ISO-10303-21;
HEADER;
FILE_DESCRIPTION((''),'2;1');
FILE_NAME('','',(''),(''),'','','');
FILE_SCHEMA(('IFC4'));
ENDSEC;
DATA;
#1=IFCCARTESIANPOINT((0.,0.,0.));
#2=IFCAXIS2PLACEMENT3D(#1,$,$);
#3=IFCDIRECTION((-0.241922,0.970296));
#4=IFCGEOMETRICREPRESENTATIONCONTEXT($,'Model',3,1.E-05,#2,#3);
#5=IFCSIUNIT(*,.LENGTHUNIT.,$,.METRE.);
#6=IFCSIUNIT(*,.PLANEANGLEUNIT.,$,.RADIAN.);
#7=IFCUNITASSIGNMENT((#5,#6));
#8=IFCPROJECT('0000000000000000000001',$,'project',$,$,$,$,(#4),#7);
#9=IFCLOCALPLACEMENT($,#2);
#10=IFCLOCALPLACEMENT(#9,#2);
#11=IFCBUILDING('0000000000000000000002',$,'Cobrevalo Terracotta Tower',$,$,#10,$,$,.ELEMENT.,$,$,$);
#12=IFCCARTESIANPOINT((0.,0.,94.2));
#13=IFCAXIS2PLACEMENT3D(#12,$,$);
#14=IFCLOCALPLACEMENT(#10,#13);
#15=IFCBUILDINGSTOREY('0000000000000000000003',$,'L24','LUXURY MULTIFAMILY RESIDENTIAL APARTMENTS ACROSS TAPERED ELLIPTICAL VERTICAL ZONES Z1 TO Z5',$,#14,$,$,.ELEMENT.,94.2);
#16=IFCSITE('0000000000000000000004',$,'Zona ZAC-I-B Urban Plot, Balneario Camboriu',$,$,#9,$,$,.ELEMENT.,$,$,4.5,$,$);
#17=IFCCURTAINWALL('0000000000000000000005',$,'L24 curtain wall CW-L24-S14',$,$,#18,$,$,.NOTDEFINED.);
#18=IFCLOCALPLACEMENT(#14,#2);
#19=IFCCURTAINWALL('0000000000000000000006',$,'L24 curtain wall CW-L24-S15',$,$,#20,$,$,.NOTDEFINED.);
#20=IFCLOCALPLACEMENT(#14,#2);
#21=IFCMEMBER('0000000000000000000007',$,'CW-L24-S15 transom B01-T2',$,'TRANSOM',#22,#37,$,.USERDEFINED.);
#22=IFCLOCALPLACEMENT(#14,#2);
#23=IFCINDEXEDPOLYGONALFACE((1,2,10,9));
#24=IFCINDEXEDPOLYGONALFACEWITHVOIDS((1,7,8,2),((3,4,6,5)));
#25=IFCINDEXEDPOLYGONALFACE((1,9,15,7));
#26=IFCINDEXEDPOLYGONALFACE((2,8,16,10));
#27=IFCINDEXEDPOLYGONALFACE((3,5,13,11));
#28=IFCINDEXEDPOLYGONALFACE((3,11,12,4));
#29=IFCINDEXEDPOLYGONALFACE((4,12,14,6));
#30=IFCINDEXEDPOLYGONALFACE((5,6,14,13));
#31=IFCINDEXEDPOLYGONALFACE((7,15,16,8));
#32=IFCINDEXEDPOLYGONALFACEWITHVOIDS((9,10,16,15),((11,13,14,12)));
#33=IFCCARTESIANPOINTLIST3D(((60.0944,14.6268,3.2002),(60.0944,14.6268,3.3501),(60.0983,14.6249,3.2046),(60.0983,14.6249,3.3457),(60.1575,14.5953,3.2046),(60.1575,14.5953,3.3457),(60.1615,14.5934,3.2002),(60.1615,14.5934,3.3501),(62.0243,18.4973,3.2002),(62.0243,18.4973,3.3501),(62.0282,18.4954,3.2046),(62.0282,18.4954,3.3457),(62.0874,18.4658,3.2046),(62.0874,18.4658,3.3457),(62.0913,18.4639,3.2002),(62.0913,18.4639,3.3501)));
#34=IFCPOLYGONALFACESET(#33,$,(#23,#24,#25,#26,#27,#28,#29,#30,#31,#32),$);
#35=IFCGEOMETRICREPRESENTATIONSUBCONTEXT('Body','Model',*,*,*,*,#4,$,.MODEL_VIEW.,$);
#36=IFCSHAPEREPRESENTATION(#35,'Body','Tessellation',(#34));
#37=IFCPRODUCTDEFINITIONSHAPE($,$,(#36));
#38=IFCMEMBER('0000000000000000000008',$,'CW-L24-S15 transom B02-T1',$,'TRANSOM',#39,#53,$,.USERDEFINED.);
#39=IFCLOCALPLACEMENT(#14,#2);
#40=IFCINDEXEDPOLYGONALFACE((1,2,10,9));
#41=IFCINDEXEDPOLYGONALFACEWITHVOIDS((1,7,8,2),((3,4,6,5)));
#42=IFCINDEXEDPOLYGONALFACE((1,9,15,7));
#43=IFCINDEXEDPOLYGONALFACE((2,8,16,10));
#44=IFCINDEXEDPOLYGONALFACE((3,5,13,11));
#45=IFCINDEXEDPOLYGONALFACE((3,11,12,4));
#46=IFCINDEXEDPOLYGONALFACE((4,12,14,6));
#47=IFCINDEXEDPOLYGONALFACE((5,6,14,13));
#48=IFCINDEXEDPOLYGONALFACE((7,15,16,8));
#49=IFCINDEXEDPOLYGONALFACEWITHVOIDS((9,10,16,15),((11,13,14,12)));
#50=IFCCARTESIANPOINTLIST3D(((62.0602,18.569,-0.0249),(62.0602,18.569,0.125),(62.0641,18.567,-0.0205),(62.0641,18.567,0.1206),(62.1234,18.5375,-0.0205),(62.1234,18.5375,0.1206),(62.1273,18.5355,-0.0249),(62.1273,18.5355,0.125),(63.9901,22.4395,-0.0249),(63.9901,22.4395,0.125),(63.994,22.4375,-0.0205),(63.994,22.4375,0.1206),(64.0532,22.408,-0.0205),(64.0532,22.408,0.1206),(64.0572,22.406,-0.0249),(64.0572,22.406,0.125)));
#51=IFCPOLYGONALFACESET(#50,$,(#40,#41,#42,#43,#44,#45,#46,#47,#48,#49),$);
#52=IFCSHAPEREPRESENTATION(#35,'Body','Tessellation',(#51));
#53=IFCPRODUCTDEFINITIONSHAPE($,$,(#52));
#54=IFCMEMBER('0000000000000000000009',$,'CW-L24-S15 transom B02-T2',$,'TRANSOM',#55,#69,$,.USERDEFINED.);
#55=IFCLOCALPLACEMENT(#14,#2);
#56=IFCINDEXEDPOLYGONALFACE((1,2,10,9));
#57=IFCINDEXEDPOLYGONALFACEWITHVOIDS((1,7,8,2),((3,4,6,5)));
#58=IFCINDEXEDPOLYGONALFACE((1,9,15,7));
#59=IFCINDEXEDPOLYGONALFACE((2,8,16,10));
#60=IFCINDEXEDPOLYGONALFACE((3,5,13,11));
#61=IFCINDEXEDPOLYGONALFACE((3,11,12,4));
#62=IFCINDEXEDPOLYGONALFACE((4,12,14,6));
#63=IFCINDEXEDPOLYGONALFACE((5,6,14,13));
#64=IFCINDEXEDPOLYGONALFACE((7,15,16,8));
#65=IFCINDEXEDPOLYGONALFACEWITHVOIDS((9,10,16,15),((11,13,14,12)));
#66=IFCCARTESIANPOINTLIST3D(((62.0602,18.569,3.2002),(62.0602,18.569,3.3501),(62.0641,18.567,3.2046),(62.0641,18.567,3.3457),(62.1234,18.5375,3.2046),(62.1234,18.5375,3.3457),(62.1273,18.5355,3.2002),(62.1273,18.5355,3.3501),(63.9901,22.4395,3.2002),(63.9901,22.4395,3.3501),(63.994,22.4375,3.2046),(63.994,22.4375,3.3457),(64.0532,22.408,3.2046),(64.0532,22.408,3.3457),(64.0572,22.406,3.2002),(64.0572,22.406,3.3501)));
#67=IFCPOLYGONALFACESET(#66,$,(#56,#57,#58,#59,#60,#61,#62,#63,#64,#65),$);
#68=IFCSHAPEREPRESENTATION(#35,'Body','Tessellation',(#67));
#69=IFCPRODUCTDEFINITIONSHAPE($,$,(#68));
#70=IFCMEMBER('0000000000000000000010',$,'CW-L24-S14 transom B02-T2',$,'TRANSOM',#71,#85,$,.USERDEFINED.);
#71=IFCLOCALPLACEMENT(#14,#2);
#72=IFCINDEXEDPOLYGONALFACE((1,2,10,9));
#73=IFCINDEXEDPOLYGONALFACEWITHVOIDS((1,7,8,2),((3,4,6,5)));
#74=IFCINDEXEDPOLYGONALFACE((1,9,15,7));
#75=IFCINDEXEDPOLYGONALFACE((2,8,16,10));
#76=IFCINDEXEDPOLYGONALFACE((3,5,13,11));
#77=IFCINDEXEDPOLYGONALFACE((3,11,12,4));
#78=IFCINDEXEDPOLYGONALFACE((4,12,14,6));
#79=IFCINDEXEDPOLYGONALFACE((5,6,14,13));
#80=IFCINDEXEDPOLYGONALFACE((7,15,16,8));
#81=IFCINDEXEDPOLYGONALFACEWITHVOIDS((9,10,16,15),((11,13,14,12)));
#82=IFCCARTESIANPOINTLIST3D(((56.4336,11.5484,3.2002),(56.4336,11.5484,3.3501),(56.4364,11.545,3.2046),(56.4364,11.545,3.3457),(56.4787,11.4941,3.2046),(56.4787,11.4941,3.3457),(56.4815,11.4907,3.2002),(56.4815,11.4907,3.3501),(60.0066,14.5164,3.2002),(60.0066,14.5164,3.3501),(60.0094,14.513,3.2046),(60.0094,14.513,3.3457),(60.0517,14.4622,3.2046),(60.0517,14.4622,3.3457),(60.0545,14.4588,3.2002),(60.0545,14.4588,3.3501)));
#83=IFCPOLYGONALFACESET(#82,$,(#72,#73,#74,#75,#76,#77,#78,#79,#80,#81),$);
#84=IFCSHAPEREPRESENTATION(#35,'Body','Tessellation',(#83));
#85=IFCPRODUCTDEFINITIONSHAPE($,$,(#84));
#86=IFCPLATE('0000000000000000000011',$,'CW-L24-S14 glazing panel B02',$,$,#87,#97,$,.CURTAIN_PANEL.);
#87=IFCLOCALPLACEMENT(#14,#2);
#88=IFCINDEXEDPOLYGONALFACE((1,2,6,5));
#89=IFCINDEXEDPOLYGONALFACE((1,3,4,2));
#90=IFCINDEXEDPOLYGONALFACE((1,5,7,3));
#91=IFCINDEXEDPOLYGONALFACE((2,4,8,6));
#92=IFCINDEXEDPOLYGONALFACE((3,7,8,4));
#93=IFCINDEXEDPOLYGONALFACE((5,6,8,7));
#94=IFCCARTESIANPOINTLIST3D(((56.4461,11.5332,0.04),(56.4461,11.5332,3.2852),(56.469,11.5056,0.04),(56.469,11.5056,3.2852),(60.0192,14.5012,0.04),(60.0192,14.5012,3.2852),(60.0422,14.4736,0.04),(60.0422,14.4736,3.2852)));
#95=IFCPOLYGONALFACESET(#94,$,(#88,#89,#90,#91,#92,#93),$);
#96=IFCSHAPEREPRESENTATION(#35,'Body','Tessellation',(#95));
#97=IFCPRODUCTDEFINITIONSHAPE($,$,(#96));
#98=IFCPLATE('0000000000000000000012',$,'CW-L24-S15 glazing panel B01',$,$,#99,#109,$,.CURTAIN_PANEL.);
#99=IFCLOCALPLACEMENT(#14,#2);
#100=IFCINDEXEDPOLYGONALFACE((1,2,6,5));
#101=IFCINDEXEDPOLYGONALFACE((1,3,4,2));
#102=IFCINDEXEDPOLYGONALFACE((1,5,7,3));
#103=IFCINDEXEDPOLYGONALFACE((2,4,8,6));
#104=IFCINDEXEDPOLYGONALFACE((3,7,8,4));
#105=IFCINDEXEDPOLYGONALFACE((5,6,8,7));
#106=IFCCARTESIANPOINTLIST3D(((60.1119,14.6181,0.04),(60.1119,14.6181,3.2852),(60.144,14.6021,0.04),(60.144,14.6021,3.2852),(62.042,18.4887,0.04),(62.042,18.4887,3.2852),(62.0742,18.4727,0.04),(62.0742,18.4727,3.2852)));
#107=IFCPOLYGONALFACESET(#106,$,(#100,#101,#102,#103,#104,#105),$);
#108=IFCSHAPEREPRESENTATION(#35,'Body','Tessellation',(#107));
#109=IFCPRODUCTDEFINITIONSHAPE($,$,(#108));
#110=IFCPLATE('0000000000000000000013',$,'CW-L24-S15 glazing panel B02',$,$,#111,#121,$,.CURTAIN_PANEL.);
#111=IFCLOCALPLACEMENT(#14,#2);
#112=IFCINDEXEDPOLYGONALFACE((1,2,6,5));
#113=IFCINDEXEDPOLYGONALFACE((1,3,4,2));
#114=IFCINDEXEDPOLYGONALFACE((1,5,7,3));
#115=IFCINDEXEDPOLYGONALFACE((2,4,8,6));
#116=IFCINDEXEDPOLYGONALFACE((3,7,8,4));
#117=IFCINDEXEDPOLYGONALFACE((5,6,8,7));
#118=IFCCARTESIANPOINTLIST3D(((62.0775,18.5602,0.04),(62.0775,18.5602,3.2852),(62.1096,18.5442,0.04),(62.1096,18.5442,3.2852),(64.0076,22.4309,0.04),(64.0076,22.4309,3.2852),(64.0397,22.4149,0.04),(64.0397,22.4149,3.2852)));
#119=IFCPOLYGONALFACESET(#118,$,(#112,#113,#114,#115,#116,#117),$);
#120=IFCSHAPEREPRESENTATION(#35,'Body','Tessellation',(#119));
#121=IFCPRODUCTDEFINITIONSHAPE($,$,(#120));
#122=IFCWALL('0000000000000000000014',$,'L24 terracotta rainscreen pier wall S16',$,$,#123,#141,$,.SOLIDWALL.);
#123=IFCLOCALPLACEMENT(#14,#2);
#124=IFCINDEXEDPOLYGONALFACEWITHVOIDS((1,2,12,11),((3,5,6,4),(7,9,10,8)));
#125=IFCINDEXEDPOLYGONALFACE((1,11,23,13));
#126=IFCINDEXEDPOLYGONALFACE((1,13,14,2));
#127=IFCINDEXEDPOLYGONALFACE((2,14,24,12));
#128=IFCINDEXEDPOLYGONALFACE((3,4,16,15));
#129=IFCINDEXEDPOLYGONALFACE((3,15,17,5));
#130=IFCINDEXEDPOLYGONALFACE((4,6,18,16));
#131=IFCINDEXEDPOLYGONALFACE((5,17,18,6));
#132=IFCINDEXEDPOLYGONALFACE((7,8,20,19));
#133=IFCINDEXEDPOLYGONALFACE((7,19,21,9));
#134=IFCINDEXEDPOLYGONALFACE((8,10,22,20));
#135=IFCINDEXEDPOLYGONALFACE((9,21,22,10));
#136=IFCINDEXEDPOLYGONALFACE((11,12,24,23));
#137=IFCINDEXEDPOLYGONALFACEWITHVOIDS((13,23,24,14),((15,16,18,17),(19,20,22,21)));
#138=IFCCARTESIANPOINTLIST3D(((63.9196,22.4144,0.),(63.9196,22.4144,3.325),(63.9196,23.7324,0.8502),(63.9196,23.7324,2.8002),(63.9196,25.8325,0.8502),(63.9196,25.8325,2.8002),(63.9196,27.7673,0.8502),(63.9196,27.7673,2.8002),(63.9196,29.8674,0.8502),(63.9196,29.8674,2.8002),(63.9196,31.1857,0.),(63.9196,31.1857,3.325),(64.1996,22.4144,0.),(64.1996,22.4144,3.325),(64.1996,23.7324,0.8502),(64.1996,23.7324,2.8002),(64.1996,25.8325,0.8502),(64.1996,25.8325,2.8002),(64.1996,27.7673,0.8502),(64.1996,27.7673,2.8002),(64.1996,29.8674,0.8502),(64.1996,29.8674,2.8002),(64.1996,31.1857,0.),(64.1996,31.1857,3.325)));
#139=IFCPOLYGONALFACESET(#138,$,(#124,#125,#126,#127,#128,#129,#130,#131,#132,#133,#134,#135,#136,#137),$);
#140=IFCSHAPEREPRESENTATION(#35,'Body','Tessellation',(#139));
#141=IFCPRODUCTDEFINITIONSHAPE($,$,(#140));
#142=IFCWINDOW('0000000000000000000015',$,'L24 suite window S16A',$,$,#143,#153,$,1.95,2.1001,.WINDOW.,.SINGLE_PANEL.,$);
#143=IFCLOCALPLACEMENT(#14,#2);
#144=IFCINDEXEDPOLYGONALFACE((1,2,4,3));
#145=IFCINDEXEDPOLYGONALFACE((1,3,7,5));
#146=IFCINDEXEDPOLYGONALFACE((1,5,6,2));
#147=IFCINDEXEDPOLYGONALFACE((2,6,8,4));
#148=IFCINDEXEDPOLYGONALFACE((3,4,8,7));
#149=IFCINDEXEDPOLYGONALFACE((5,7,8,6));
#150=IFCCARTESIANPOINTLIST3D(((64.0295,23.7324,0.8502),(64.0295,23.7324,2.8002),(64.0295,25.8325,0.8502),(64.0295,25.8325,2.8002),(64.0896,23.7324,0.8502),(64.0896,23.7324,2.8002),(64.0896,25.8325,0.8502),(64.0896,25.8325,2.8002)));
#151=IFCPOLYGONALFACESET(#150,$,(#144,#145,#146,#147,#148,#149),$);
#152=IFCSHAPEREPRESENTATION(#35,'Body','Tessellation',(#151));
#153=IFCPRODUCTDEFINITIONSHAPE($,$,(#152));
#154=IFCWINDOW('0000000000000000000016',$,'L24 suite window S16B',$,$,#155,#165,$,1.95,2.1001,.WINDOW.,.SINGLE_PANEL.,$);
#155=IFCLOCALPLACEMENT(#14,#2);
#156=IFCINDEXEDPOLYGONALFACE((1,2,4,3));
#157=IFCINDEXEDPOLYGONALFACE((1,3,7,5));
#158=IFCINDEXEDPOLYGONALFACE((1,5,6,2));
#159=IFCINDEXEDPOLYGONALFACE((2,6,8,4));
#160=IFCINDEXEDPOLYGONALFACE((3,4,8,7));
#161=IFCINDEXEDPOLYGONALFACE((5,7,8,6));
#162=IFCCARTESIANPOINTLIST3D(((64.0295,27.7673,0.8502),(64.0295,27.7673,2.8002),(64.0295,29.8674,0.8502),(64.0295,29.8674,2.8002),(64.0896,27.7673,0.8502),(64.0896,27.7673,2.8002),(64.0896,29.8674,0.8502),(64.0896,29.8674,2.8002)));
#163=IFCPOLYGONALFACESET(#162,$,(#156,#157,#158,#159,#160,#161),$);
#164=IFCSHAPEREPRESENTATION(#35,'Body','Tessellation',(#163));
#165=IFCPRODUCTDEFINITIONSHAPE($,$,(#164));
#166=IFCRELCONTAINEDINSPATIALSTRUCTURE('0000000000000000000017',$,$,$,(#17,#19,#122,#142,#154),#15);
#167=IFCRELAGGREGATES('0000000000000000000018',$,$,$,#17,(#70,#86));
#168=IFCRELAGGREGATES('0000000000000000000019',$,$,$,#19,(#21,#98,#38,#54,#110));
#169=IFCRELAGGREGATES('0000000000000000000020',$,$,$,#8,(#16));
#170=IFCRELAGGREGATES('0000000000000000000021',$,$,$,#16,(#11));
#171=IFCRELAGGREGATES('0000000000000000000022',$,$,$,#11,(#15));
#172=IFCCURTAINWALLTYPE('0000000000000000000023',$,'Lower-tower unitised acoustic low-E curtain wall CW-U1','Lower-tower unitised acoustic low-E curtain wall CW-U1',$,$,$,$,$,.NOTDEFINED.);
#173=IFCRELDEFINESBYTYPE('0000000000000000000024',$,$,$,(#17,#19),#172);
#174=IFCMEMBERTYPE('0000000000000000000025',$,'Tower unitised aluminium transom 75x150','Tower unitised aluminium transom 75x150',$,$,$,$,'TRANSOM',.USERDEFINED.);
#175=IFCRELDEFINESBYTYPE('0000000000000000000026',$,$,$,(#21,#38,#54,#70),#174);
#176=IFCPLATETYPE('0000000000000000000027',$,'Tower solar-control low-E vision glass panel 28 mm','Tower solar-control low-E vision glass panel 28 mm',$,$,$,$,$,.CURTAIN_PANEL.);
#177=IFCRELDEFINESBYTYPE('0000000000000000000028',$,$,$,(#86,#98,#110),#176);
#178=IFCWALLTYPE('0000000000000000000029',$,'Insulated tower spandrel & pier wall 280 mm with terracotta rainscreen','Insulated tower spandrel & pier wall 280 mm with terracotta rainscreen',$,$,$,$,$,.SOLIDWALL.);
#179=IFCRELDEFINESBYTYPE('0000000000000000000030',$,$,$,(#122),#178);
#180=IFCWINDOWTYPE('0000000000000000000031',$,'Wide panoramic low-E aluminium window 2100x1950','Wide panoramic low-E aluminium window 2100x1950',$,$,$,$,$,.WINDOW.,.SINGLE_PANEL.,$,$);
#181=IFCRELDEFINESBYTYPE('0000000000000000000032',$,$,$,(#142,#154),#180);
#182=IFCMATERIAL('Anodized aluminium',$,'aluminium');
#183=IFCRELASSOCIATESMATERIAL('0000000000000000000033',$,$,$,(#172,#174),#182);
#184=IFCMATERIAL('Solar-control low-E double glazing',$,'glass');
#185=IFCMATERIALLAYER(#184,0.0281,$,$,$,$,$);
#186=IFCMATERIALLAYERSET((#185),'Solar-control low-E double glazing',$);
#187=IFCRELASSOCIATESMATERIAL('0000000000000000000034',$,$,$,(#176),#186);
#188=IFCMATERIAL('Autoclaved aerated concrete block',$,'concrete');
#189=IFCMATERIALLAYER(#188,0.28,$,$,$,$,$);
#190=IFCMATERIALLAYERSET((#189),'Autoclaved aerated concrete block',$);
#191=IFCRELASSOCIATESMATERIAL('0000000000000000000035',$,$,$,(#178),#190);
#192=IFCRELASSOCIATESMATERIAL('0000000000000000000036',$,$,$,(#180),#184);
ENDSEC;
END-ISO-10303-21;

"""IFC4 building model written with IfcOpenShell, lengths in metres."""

from ifc_helpers import new_model, si_unit, direction, frame, frame_2d, origin, origin_2d, place, context, subcontext, project, spatial, rectangle, hollow_rectangle, extrude, source, transform, mapped, material, layer, layer_set, material_profile, profile_set, type_object, element, fill, aggregate, save


model = new_model("IFC4")

# Units and contexts
model_context = context("Model", 3, precision=1e-05, world=origin(), true_north=direction((-0.241922, 0.970296)))
body_context = subcontext(model_context, "Body", "Model", "MODEL_VIEW")
ifc_project = project(units=[si_unit("LENGTHUNIT", "METRE"), si_unit("PLANEANGLEUNIT", "RADIAN")], contexts=[model_context])

# Site, building, storey
site_placement = place(None, origin())
site = spatial("IfcSite", under=ifc_project, at=site_placement, Name="Zona ZAC-I-B Urban Plot, Balneario Camboriu", CompositionType="ELEMENT", RefElevation=4.5)
building_placement = place(site_placement, origin())
building = spatial("IfcBuilding", under=site, at=building_placement, Name="Cobrevalo Terracotta Tower", CompositionType="ELEMENT")
storey_placement = place(building_placement, frame((0.0, 0.0, 94.2)))
storey = spatial("IfcBuildingStorey", under=building, at=storey_placement, Name="L24", Description="LUXURY MULTIFAMILY RESIDENTIAL APARTMENTS ACROSS TAPERED ELLIPTICAL VERTICAL ZONES Z1 TO Z5", CompositionType="ELEMENT", Elevation=94.2)

# Curtain wall
ifc_material_1 = material(Name="Anodized aluminium", Category="aluminium")
curtain_wall_type = type_object("IfcCurtainWallType", Name="Lower-tower unitised acoustic low-E curtain wall CW-U1", Description="Lower-tower unitised acoustic low-E curtain wall CW-U1", PredefinedType="NOTDEFINED", material=ifc_material_1)
curtain_wall_1_placement = place(storey_placement, origin())
curtain_wall_1 = element("IfcCurtainWall", 1, at=curtain_wall_1_placement, inside=storey, type_object=curtain_wall_type, Name="L24 curtain wall CW-L24-S14", PredefinedType="NOTDEFINED")

# Curtain wall, members
curtain_wall_2_placement = place(storey_placement, origin())
curtain_wall_2 = element("IfcCurtainWall", 2, at=curtain_wall_2_placement, inside=storey, type_object=curtain_wall_type, Name="L24 curtain wall CW-L24-S15", PredefinedType="NOTDEFINED")
ifc_material_profile_1 = material_profile(ifc_material_1, hollow_rectangle(XDim=0.075, YDim=0.1499, WallThickness=0.0044, at=origin_2d()), Name="CWT 75x150")
ifc_profile_set_1 = profile_set([ifc_material_profile_1], Name="Anodized aluminium")
member_type_1 = type_object("IfcMemberType", Name="Tower unitised aluminium transom 75x150", Description="Tower unitised aluminium transom 75x150", ElementType="TRANSOM", PredefinedType="USERDEFINED", material=ifc_profile_set_1)
shared_shape_1 = source(origin(), body_context, "Body", "SweptSolid", [
    extrude(hollow_rectangle(XDim=0.075, YDim=0.1499, WallThickness=0.0044, at=origin_2d()), origin(), (0.0, 0.0, 1.0), 4.325),
])
member_1_placement = place(storey_placement, frame((60.1279, 14.6101, 3.2751), z_axis=(0.44622, 0.894923, 0.0), x_axis=(-0.894923, 0.44622, 0.0)))
member_1 = element("IfcMember", 3, at=member_1_placement, type_object=member_type_1, Name="CW-L24-S15 transom B01-T2", ObjectType="TRANSOM", PredefinedType="USERDEFINED", context=body_context, shape_type="MappedRepresentation", body=[
    mapped(shared_shape_1, transform((0.0, 0.0, 0.0), scale=1.0)),
])
member_2_placement = place(storey_placement, frame((62.0938, 18.5522, 0.05), z_axis=(0.44622, 0.894923, 0.0), x_axis=(-0.894923, 0.44622, 0.0)))
member_2 = element("IfcMember", 4, at=member_2_placement, type_object=member_type_1, Name="CW-L24-S15 transom B02-T1", ObjectType="TRANSOM", PredefinedType="USERDEFINED", context=body_context, shape_type="MappedRepresentation", body=[
    mapped(shared_shape_1, transform((0.0, 0.0, 0.0), scale=1.0)),
])
member_3_placement = place(storey_placement, frame((62.0938, 18.5522, 3.2751), z_axis=(0.44622, 0.894923, 0.0), x_axis=(-0.894923, 0.44622, 0.0)))
member_3 = element("IfcMember", 5, at=member_3_placement, type_object=member_type_1, Name="CW-L24-S15 transom B02-T2", ObjectType="TRANSOM", PredefinedType="USERDEFINED", context=body_context, shape_type="MappedRepresentation", body=[
    mapped(shared_shape_1, transform((0.0, 0.0, 0.0), scale=1.0)),
])

# Member
shared_shape_2 = source(origin(), body_context, "Body", "SweptSolid", [
    extrude(hollow_rectangle(XDim=0.075, YDim=0.1499, WallThickness=0.0044, at=origin_2d()), origin(), (0.0, 0.0, 1.0), 4.645),
])
member_4_placement = place(storey_placement, frame((56.4575, 11.5195, 3.2751), z_axis=(0.769224, 0.638979, 0.0), x_axis=(-0.638979, 0.769224, 0.0)))
member_4 = element("IfcMember", 6, at=member_4_placement, type_object=member_type_1, Name="CW-L24-S14 transom B02-T2", ObjectType="TRANSOM", PredefinedType="USERDEFINED", context=body_context, shape_type="MappedRepresentation", body=[
    mapped(shared_shape_2, transform((0.0, 0.0, 0.0), scale=1.0)),
])

# Plates
ifc_material_2 = material(Name="Solar-control low-E double glazing", Category="glass")
ifc_layer_1 = layer(ifc_material_2, 0.0281)
ifc_layer_set_1 = layer_set([ifc_layer_1], Name="Solar-control low-E double glazing")
plate_type = type_object("IfcPlateType", Name="Tower solar-control low-E vision glass panel 28 mm", Description="Tower solar-control low-E vision glass panel 28 mm", PredefinedType="CURTAIN_PANEL", material=ifc_layer_set_1)
shared_shape_3 = source(origin(), body_context, "Body", "SweptSolid", [
    extrude(rectangle(XDim=4.645, YDim=0.0359, at=origin_2d()), origin(), (0.0, 0.0, 1.0), 3.2451),
])
plate_1_placement = place(storey_placement, frame((58.2441, 13.0034, 0.04), z_axis=(0.0, 0.0, 1.0), x_axis=(0.769241, 0.638958, 0.0)))
plate_1 = element("IfcPlate", 7, at=plate_1_placement, type_object=plate_type, Name="CW-L24-S14 glazing panel B02", PredefinedType="CURTAIN_PANEL", context=body_context, shape_type="MappedRepresentation", body=[
    mapped(shared_shape_3, transform((0.0, 0.0, 0.0), scale=1.0)),
])
aggregate(curtain_wall_1, [member_4, plate_1])
shared_shape_4 = source(origin(), body_context, "Body", "SweptSolid", [
    extrude(rectangle(XDim=4.3252, YDim=0.0359, at=origin_2d()), origin(), (0.0, 0.0, 1.0), 3.2451),
])
plate_2_placement = place(storey_placement, frame((61.093, 16.5454, 0.04), z_axis=(0.0, 0.0, 1.0), x_axis=(0.446262, 0.894902, 0.0)))
plate_2 = element("IfcPlate", 8, at=plate_2_placement, type_object=plate_type, Name="CW-L24-S15 glazing panel B01", PredefinedType="CURTAIN_PANEL", context=body_context, shape_type="MappedRepresentation", body=[
    mapped(shared_shape_4, transform((0.0, 0.0, 0.0), scale=1.0)),
])
plate_3_placement = place(storey_placement, frame((63.0586, 20.4875, 0.04), z_axis=(0.0, 0.0, 1.0), x_axis=(0.446262, 0.894902, 0.0)))
plate_3 = element("IfcPlate", 9, at=plate_3_placement, type_object=plate_type, Name="CW-L24-S15 glazing panel B02", PredefinedType="CURTAIN_PANEL", context=body_context, shape_type="MappedRepresentation", body=[
    mapped(shared_shape_4, transform((0.0, 0.0, 0.0), scale=1.0)),
])
aggregate(curtain_wall_2, [member_1, plate_2, member_2, member_3, plate_3])

# Wall, openings, windows
ifc_material_3 = material(Name="Autoclaved aerated concrete block", Category="concrete")
ifc_layer_2 = layer(ifc_material_3, 0.28)
ifc_layer_set_2 = layer_set([ifc_layer_2], Name="Autoclaved aerated concrete block")
wall_type = type_object("IfcWallType", Name="Insulated tower spandrel & pier wall 280 mm with terracotta rainscreen", Description="Insulated tower spandrel & pier wall 280 mm with terracotta rainscreen", PredefinedType="SOLIDWALL", material=ifc_layer_set_2)
wall_placement = place(storey_placement, frame((64.0596, 22.4143, 0.0), z_axis=(0.0, 0.0, 1.0), x_axis=(0.0, 1.0, 0.0)))
wall = element("IfcWall", 10, at=wall_placement, inside=storey, type_object=wall_type, Name="L24 terracotta rainscreen pier wall S16", PredefinedType="SOLIDWALL", context=body_context, shape_type="SweptSolid", body=[
    extrude(rectangle(XDim=8.7712, YDim=0.28, at=frame_2d((4.3857, 0.0))), origin(), (0.0, 0.0, 1.0), 3.325),
])
opening_1_placement = place(wall_placement, frame((1.3181, 0.0, 0.8501)))
opening_1 = element("IfcOpeningElement", 11, at=opening_1_placement, cuts=wall, PredefinedType="OPENING", context=body_context, shape_type="SweptSolid", body=[
    extrude(rectangle(XDim=2.1001, YDim=1.95, at=frame_2d((1.05, 0.9751))), frame((0.0, 0.1499, 0.0), z_axis=(0.0, -1.0, 0.0), x_axis=(1.0, 0.0, 0.0)), (0.0, 0.0, 1.0), 0.3),
])
opening_2_placement = place(wall_placement, frame((5.353, 0.0, 0.8501)))
opening_2 = element("IfcOpeningElement", 12, at=opening_2_placement, cuts=wall, PredefinedType="OPENING", context=body_context, shape_type="SweptSolid", body=[
    extrude(rectangle(XDim=2.1001, YDim=1.95, at=frame_2d((1.05, 0.9751))), frame((0.0, 0.1499, 0.0), z_axis=(0.0, -1.0, 0.0), x_axis=(1.0, 0.0, 0.0)), (0.0, 0.0, 1.0), 0.3),
])
window_type = type_object("IfcWindowType", Name="Wide panoramic low-E aluminium window 2100x1950", Description="Wide panoramic low-E aluminium window 2100x1950", PartitioningType="SINGLE_PANEL", PredefinedType="WINDOW", material=ifc_material_2)
shared_shape_5 = source(origin(), body_context, "Body", "SweptSolid", [
    extrude(rectangle(XDim=2.1001, YDim=1.95, at=frame_2d((1.05, 0.9751))), frame((0.0, 0.03, 0.0), z_axis=(0.0, -1.0, 0.0), x_axis=(1.0, 0.0, 0.0)), (0.0, 0.0, 1.0), 0.0601),
])
window_1_placement = place(opening_1_placement, origin())
window_1 = element("IfcWindow", 13, at=window_1_placement, inside=storey, type_object=window_type, Name="L24 suite window S16A", OverallHeight=1.95, OverallWidth=2.1001, PartitioningType="SINGLE_PANEL", PredefinedType="WINDOW", context=body_context, shape_type="MappedRepresentation", body=[
    mapped(shared_shape_5, transform((0.0, 0.0, 0.0), scale=1.0)),
])
fill(opening_1, window_1)
window_2_placement = place(opening_2_placement, origin())
window_2 = element("IfcWindow", 14, at=window_2_placement, inside=storey, type_object=window_type, Name="L24 suite window S16B", OverallHeight=1.95, OverallWidth=2.1001, PartitioningType="SINGLE_PANEL", PredefinedType="WINDOW", context=body_context, shape_type="MappedRepresentation", body=[
    mapped(shared_shape_5, transform((0.0, 0.0, 0.0), scale=1.0)),
])
fill(opening_2, window_2)

save(model, "model.ifc")
